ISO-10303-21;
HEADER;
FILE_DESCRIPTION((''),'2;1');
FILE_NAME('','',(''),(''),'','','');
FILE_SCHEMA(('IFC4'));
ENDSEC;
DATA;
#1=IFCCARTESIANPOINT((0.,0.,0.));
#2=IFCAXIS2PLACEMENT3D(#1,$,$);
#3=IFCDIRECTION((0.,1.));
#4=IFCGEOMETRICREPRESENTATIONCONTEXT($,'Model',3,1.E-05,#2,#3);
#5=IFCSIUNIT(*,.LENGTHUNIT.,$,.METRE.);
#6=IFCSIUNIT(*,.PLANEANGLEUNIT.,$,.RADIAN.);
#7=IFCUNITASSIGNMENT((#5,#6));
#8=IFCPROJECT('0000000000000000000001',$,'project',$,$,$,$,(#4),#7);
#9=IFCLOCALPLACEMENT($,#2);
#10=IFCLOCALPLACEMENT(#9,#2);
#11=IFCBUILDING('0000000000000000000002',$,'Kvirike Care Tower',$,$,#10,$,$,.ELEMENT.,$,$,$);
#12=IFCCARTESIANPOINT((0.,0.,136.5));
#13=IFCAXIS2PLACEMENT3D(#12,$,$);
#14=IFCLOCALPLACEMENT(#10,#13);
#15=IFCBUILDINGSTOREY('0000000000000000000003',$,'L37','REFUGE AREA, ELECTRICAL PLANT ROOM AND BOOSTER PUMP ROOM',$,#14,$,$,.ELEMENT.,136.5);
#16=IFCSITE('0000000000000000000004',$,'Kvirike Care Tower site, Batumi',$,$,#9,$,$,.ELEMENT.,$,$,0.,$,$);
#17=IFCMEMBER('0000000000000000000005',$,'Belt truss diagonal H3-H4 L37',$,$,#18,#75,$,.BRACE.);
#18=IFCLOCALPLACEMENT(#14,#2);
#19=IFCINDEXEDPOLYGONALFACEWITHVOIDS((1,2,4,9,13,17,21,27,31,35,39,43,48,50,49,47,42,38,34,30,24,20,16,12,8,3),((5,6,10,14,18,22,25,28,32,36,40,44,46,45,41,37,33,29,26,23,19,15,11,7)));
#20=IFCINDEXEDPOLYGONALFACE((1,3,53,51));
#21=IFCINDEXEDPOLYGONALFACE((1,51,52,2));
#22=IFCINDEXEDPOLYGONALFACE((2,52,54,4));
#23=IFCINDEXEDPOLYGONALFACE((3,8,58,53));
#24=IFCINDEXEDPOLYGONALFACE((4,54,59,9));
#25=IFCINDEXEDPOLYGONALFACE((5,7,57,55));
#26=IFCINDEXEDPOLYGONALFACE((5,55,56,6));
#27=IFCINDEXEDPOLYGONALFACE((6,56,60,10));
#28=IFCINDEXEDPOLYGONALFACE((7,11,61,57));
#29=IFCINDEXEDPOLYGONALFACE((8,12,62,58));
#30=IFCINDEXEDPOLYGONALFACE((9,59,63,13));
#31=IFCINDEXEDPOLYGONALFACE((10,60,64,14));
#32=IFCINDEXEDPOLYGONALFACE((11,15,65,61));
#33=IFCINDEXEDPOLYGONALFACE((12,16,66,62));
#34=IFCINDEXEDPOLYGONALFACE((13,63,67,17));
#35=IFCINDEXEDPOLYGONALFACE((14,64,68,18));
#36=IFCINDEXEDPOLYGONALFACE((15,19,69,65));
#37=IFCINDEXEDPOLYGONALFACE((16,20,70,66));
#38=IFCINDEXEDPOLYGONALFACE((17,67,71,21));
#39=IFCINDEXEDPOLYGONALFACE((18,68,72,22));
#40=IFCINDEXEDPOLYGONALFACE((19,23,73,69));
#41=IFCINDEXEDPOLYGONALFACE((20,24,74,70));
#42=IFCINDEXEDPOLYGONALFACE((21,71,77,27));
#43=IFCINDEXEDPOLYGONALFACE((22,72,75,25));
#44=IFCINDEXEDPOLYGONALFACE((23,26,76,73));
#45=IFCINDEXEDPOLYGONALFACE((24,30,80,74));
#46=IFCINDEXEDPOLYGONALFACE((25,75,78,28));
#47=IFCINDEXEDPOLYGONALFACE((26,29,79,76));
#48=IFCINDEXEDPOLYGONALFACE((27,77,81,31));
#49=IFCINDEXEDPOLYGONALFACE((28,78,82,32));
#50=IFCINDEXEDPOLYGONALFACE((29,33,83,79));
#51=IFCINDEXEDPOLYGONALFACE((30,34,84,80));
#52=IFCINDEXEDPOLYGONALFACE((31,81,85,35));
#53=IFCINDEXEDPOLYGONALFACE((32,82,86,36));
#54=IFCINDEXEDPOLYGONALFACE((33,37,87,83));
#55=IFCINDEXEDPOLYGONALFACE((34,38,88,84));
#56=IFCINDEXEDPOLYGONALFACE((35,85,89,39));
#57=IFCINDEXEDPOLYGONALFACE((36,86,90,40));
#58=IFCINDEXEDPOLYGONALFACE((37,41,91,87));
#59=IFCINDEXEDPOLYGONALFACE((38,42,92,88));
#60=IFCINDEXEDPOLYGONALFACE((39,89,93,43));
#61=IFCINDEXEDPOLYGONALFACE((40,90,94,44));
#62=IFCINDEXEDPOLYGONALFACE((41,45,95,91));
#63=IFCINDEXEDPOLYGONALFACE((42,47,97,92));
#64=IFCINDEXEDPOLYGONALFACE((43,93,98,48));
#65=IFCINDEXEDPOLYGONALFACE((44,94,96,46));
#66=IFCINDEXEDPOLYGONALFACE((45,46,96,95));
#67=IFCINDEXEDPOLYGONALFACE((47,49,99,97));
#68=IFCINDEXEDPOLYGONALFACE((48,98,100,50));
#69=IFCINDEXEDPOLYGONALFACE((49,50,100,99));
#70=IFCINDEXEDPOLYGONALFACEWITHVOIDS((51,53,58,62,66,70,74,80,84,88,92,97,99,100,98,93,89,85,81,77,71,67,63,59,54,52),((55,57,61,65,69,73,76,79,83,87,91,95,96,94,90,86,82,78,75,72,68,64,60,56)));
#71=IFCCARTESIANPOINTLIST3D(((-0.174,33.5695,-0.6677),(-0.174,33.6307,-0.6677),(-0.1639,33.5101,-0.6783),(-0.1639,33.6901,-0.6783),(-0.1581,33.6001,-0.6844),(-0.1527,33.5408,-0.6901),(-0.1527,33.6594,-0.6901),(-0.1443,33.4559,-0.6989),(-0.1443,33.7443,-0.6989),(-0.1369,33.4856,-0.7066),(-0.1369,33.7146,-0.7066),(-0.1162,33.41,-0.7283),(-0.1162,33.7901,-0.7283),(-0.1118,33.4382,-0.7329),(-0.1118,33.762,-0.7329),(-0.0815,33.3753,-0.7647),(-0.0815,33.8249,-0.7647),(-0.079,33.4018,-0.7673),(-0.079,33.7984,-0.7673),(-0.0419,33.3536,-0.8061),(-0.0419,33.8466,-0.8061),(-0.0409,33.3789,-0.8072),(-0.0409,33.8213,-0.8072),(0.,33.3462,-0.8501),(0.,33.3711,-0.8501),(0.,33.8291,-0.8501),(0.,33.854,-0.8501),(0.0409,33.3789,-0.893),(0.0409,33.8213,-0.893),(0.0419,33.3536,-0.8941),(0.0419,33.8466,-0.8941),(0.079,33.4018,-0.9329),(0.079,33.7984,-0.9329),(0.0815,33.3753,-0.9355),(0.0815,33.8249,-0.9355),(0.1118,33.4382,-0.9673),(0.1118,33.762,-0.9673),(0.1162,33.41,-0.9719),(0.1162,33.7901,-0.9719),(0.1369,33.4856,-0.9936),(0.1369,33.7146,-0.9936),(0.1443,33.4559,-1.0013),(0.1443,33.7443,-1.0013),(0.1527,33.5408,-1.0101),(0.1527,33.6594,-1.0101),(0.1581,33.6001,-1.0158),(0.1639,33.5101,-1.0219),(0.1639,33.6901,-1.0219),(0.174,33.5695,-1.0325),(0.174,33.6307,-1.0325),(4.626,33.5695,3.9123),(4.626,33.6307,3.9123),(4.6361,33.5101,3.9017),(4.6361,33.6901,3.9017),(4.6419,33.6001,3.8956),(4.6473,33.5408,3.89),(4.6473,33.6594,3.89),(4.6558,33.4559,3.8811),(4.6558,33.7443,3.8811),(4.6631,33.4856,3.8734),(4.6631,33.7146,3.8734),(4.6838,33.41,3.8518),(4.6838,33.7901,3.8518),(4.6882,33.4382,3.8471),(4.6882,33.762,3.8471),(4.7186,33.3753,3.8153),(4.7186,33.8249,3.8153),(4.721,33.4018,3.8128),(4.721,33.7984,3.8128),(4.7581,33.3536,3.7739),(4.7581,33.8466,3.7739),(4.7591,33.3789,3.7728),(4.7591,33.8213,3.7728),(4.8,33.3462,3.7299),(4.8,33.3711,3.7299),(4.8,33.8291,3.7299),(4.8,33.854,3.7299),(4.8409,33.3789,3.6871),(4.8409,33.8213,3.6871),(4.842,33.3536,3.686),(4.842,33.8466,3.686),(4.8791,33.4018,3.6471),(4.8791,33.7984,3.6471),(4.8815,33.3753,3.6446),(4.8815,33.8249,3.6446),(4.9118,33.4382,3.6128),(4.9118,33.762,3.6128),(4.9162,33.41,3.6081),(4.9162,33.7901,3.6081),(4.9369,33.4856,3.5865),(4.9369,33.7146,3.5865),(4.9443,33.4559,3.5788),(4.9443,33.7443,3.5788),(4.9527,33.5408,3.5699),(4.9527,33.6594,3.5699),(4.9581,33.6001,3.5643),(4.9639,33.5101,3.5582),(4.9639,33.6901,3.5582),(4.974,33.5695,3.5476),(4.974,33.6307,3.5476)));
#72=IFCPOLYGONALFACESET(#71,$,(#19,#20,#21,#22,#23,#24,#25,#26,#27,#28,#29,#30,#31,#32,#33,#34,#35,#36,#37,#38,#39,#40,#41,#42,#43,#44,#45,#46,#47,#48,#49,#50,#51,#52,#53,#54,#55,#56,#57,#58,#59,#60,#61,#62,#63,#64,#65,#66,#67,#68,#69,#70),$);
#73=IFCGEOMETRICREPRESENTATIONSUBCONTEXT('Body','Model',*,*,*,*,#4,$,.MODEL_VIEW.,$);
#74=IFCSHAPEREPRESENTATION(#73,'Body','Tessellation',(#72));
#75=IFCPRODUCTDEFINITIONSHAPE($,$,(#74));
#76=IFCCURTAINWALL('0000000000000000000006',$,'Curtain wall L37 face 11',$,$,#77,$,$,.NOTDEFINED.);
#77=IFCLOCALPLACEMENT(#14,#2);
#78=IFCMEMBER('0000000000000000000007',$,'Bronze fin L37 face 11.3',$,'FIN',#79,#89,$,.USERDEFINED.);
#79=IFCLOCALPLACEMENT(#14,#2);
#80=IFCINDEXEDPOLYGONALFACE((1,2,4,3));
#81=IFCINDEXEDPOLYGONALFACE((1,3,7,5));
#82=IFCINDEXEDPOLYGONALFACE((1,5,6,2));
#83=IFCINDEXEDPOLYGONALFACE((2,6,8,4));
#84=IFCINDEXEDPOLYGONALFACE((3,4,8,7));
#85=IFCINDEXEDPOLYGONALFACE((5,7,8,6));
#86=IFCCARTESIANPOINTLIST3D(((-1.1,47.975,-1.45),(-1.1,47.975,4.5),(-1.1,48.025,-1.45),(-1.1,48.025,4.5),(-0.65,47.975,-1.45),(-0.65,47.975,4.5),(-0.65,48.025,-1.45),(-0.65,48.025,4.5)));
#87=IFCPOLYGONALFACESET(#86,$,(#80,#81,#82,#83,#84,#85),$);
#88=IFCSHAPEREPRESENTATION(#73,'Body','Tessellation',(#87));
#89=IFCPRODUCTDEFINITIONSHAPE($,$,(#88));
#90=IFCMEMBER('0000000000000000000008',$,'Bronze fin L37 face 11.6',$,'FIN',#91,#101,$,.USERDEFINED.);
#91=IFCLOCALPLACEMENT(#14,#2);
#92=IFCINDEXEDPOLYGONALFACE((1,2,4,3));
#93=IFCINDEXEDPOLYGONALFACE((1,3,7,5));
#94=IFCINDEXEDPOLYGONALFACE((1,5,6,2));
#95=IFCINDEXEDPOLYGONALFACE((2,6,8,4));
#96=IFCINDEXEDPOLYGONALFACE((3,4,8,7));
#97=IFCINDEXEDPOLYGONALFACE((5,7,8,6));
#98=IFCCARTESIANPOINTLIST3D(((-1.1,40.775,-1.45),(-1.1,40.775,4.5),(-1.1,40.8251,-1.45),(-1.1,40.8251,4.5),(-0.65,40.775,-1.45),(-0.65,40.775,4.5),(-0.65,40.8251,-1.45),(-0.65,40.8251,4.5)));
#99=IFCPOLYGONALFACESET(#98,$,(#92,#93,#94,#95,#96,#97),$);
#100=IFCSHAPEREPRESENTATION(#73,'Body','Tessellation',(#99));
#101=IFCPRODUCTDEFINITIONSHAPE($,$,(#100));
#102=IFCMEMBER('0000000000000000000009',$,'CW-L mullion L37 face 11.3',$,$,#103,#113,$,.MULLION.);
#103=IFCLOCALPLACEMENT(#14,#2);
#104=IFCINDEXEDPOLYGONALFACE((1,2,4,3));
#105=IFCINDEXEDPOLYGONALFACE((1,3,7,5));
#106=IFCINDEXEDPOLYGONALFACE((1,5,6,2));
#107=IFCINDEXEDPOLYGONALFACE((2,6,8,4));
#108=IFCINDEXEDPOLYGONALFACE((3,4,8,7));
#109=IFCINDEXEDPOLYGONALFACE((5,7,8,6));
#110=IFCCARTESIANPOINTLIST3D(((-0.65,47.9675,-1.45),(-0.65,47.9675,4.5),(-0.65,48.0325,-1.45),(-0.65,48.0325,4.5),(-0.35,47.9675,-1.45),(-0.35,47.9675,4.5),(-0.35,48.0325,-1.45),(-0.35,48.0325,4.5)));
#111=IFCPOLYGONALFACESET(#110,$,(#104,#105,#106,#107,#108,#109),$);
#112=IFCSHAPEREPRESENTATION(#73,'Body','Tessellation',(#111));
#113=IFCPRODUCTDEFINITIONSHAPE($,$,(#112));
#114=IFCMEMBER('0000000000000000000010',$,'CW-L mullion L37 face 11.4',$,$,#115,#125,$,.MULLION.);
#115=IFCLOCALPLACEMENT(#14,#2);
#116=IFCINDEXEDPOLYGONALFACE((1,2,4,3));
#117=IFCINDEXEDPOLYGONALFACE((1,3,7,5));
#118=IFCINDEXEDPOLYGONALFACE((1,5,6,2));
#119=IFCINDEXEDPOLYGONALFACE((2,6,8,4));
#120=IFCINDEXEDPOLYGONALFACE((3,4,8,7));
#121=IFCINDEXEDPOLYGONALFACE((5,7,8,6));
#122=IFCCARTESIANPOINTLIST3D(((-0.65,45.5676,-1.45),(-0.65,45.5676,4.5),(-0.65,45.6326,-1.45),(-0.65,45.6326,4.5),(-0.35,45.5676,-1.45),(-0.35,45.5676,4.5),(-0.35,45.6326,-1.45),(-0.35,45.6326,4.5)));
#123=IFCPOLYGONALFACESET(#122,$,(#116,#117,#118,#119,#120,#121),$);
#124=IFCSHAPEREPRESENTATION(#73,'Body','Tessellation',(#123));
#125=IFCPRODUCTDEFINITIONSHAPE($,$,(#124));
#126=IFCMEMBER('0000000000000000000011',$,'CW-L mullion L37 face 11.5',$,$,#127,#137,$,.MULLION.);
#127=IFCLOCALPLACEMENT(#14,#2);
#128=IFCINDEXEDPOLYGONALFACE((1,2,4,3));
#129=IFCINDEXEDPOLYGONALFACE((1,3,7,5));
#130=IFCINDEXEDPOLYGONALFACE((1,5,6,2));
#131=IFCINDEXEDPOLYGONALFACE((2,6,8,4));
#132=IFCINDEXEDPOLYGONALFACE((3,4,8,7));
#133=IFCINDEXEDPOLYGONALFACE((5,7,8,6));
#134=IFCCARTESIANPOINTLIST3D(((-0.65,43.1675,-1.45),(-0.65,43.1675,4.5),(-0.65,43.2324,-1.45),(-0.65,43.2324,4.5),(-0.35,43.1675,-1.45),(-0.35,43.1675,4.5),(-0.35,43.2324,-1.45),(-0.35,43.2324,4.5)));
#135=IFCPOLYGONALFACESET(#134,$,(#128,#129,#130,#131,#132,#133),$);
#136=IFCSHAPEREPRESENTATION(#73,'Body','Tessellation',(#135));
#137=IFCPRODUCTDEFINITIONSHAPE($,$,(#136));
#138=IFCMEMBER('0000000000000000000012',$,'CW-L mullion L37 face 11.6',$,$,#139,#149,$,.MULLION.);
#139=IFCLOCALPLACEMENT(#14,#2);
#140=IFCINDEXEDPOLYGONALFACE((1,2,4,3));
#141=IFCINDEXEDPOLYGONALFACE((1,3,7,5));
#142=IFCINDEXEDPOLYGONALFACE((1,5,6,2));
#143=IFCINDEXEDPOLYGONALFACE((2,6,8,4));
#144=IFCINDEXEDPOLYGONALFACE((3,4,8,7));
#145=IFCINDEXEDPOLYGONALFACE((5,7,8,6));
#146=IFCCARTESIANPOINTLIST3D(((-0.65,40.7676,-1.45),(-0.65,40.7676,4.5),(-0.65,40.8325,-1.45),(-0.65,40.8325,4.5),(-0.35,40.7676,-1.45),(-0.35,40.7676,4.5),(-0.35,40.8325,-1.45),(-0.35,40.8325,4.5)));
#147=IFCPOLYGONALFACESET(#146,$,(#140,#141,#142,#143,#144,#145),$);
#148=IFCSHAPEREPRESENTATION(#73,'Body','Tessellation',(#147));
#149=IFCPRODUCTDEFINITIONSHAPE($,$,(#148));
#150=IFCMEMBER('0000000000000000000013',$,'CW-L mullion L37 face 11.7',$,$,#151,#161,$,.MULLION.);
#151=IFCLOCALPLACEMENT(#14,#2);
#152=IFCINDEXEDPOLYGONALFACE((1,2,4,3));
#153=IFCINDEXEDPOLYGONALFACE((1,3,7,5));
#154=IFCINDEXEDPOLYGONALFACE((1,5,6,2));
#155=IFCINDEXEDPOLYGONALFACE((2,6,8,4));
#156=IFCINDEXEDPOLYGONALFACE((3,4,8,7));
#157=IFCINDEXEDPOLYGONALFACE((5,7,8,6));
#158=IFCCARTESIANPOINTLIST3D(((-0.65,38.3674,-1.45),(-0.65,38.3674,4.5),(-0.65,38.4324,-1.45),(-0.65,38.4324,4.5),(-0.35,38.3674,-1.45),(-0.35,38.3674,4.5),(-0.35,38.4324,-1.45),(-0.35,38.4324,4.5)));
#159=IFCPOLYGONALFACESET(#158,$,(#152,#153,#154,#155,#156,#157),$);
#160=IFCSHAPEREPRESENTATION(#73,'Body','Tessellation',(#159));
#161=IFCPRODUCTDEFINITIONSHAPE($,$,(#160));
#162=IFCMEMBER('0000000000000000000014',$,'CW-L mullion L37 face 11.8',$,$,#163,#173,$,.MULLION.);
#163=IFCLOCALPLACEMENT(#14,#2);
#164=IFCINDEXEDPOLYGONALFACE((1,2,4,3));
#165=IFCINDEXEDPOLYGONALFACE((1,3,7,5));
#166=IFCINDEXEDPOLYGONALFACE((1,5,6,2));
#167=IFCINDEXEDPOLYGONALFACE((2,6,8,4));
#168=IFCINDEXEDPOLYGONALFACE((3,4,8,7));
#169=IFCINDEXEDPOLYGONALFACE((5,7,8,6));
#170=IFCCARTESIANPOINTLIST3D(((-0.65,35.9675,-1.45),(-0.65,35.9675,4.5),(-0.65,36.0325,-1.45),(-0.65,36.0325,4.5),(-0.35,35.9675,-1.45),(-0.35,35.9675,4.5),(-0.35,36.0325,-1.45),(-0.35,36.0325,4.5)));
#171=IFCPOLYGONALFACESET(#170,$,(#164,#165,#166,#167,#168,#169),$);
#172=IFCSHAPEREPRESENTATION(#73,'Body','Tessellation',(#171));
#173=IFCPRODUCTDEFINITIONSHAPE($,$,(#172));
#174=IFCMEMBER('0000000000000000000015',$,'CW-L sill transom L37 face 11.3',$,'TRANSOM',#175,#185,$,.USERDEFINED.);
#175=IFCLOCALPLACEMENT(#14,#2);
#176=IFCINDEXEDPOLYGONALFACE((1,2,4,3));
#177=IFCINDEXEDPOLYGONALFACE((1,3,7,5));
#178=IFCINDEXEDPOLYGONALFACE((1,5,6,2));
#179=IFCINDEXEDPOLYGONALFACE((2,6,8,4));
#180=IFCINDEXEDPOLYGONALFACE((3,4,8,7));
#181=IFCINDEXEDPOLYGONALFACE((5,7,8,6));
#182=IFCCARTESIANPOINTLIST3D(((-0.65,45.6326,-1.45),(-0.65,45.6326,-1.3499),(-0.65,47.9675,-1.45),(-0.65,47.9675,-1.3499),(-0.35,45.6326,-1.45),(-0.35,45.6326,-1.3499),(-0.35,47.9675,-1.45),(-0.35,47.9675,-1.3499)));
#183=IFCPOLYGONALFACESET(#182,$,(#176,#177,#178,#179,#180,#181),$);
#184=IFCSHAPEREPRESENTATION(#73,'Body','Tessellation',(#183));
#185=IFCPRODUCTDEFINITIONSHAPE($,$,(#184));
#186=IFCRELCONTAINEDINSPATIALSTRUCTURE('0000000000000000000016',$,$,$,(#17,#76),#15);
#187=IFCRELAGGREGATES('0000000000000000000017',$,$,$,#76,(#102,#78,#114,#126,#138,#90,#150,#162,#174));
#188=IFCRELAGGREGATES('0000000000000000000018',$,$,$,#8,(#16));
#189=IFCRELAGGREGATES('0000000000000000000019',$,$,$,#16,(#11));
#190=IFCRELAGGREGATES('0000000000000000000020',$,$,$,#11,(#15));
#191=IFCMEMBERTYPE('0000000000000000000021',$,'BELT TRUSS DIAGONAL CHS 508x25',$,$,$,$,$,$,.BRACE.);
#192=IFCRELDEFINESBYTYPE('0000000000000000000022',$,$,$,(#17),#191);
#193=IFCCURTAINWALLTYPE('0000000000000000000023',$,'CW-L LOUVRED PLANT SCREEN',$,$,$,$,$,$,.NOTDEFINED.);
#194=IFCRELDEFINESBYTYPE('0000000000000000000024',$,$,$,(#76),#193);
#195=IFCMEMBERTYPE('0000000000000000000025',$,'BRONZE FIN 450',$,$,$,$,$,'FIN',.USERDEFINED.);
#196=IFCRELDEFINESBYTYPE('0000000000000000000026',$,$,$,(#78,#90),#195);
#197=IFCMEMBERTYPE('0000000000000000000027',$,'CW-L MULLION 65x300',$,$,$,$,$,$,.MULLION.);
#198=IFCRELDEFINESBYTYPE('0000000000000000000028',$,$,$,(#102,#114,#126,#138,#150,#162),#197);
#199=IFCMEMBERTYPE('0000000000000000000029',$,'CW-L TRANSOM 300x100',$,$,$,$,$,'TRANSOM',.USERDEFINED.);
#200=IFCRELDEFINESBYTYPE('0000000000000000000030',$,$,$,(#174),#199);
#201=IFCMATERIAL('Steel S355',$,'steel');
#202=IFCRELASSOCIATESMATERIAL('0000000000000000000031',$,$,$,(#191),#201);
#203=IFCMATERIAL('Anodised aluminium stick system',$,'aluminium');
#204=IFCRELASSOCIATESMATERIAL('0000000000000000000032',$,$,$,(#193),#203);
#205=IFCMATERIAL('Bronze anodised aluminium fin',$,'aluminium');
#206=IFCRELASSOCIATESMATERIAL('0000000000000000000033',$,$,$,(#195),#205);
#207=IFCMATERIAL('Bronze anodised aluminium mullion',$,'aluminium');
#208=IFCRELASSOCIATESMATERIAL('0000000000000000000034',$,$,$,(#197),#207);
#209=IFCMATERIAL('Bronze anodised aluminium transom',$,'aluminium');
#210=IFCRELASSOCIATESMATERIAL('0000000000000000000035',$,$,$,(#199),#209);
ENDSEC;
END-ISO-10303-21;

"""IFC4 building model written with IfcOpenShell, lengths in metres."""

from ifc_helpers import new_model, si_unit, direction, frame, origin, origin_2d, place, context, subcontext, project, spatial, rectangle, hollow_circle, extrude, material, material_profile, profile_set, type_object, element, aggregate, save


model = new_model("IFC4")

# Units and contexts
model_context = context("Model", 3, precision=1e-05, world=origin(), true_north=direction((0.0, 1.0)))
body_context = subcontext(model_context, "Body", "Model", "MODEL_VIEW")
ifc_project = project(units=[si_unit("LENGTHUNIT", "METRE"), si_unit("PLANEANGLEUNIT", "RADIAN")], contexts=[model_context])

# Site, building, storey
site_placement = place(None, origin())
site = spatial("IfcSite", under=ifc_project, at=site_placement, Name="Kvirike Care Tower site, Batumi", CompositionType="ELEMENT", RefElevation=0.0)
building_placement = place(site_placement, origin())
building = spatial("IfcBuilding", under=site, at=building_placement, Name="Kvirike Care Tower", CompositionType="ELEMENT")
storey_placement = place(building_placement, frame((0.0, 0.0, 136.5)))
storey = spatial("IfcBuildingStorey", under=building, at=storey_placement, Name="L37", Description="REFUGE AREA, ELECTRICAL PLANT ROOM AND BOOSTER PUMP ROOM", CompositionType="ELEMENT", Elevation=136.5)

# Member
ifc_material_1 = material(Name="Steel S355", Category="steel")
ifc_material_profile_1 = material_profile(ifc_material_1, hollow_circle(Radius=0.2539, WallThickness=0.0249, at=origin_2d()), Name="CHS 508x25")
ifc_profile_set_1 = profile_set([ifc_material_profile_1], Name="Steel S355")
member_type_1 = type_object("IfcMemberType", Name="BELT TRUSS DIAGONAL CHS 508x25", PredefinedType="BRACE", material=ifc_profile_set_1)
member_1_placement = place(storey_placement, frame((0.0, 33.6001, -0.8501), z_axis=(0.72349, 0.0, 0.690335), x_axis=(0.0, 1.0, 0.0)))
element("IfcMember", 1, at=member_1_placement, inside=storey, type_object=member_type_1, Name="Belt truss diagonal H3-H4 L37", PredefinedType="BRACE", context=body_context, shape_type="SweptSolid", body=[
    extrude(hollow_circle(Radius=0.2539, WallThickness=0.0249, at=origin_2d()), origin(), (0.0, 0.0, 1.0), 6.6345),
])

# Curtain wall, members
ifc_material_2 = material(Name="Anodised aluminium stick system", Category="aluminium")
curtain_wall_type = type_object("IfcCurtainWallType", Name="CW-L LOUVRED PLANT SCREEN", PredefinedType="NOTDEFINED", material=ifc_material_2)
curtain_wall_placement = place(storey_placement, origin())
curtain_wall = element("IfcCurtainWall", 2, at=curtain_wall_placement, inside=storey, type_object=curtain_wall_type, Name="Curtain wall L37 face 11", PredefinedType="NOTDEFINED")
ifc_material_3 = material(Name="Bronze anodised aluminium fin", Category="aluminium")
ifc_material_profile_2 = material_profile(ifc_material_3, rectangle(XDim=0.05, YDim=0.45, at=origin_2d()), Name="BRONZE FIN 450")
ifc_profile_set_2 = profile_set([ifc_material_profile_2], Name="Bronze anodised aluminium fin")
member_type_2 = type_object("IfcMemberType", Name="BRONZE FIN 450", ElementType="FIN", PredefinedType="USERDEFINED", material=ifc_profile_set_2)
member_2_placement = place(storey_placement, frame((-0.875, 48.0, -1.45), z_axis=(0.0, 0.0, 1.0), x_axis=(0.0, -1.0, 0.0)))
member_2 = element("IfcMember", 3, at=member_2_placement, type_object=member_type_2, Name="Bronze fin L37 face 11.3", ObjectType="FIN", PredefinedType="USERDEFINED", context=body_context, shape_type="SweptSolid", body=[
    extrude(rectangle(XDim=0.05, YDim=0.45, at=origin_2d()), origin(), (0.0, 0.0, 1.0), 5.95),
])
member_3_placement = place(storey_placement, frame((-0.875, 40.8, -1.45), z_axis=(0.0, 0.0, 1.0), x_axis=(0.0, -1.0, 0.0)))
member_3 = element("IfcMember", 4, at=member_3_placement, type_object=member_type_2, Name="Bronze fin L37 face 11.6", ObjectType="FIN", PredefinedType="USERDEFINED", context=body_context, shape_type="SweptSolid", body=[
    extrude(rectangle(XDim=0.05, YDim=0.45, at=origin_2d()), origin(), (0.0, 0.0, 1.0), 5.95),
])
ifc_material_4 = material(Name="Bronze anodised aluminium mullion", Category="aluminium")
ifc_material_profile_3 = material_profile(ifc_material_4, rectangle(XDim=0.0649, YDim=0.3, at=origin_2d()), Name="CW-L MULLION 65x300")
ifc_profile_set_3 = profile_set([ifc_material_profile_3], Name="Bronze anodised aluminium mullion")
member_type_3 = type_object("IfcMemberType", Name="CW-L MULLION 65x300", PredefinedType="MULLION", material=ifc_profile_set_3)
member_4_placement = place(storey_placement, frame((-0.5, 48.0, -1.45), z_axis=(0.0, 0.0, 1.0), x_axis=(0.0, -1.0, 0.0)))
member_4 = element("IfcMember", 5, at=member_4_placement, type_object=member_type_3, Name="CW-L mullion L37 face 11.3", PredefinedType="MULLION", context=body_context, shape_type="SweptSolid", body=[
    extrude(rectangle(XDim=0.0649, YDim=0.3, at=origin_2d()), origin(), (0.0, 0.0, 1.0), 5.95),
])
member_5_placement = place(storey_placement, frame((-0.5, 45.6001, -1.45), z_axis=(0.0, 0.0, 1.0), x_axis=(0.0, -1.0, 0.0)))
member_5 = element("IfcMember", 6, at=member_5_placement, type_object=member_type_3, Name="CW-L mullion L37 face 11.4", PredefinedType="MULLION", context=body_context, shape_type="SweptSolid", body=[
    extrude(rectangle(XDim=0.0649, YDim=0.3, at=origin_2d()), origin(), (0.0, 0.0, 1.0), 5.95),
])
member_6_placement = place(storey_placement, frame((-0.5, 43.2, -1.45), z_axis=(0.0, 0.0, 1.0), x_axis=(0.0, -1.0, 0.0)))
member_6 = element("IfcMember", 7, at=member_6_placement, type_object=member_type_3, Name="CW-L mullion L37 face 11.5", PredefinedType="MULLION", context=body_context, shape_type="SweptSolid", body=[
    extrude(rectangle(XDim=0.0649, YDim=0.3, at=origin_2d()), origin(), (0.0, 0.0, 1.0), 5.95),
])
member_7_placement = place(storey_placement, frame((-0.5, 40.8, -1.45), z_axis=(0.0, 0.0, 1.0), x_axis=(0.0, -1.0, 0.0)))
member_7 = element("IfcMember", 8, at=member_7_placement, type_object=member_type_3, Name="CW-L mullion L37 face 11.6", PredefinedType="MULLION", context=body_context, shape_type="SweptSolid", body=[
    extrude(rectangle(XDim=0.0649, YDim=0.3, at=origin_2d()), origin(), (0.0, 0.0, 1.0), 5.95),
])
member_8_placement = place(storey_placement, frame((-0.5, 38.3999, -1.45), z_axis=(0.0, 0.0, 1.0), x_axis=(0.0, -1.0, 0.0)))
member_8 = element("IfcMember", 9, at=member_8_placement, type_object=member_type_3, Name="CW-L mullion L37 face 11.7", PredefinedType="MULLION", context=body_context, shape_type="SweptSolid", body=[
    extrude(rectangle(XDim=0.0649, YDim=0.3, at=origin_2d()), origin(), (0.0, 0.0, 1.0), 5.95),
])
member_9_placement = place(storey_placement, frame((-0.5, 36.0, -1.45), z_axis=(0.0, 0.0, 1.0), x_axis=(0.0, -1.0, 0.0)))
member_9 = element("IfcMember", 10, at=member_9_placement, type_object=member_type_3, Name="CW-L mullion L37 face 11.8", PredefinedType="MULLION", context=body_context, shape_type="SweptSolid", body=[
    extrude(rectangle(XDim=0.0649, YDim=0.3, at=origin_2d()), origin(), (0.0, 0.0, 1.0), 5.95),
])
ifc_material_5 = material(Name="Bronze anodised aluminium transom", Category="aluminium")
ifc_material_profile_4 = material_profile(ifc_material_5, rectangle(XDim=0.3, YDim=0.1001, at=origin_2d()), Name="CW-L TRANSOM 300x100")
ifc_profile_set_4 = profile_set([ifc_material_profile_4], Name="Bronze anodised aluminium transom")
member_type_4 = type_object("IfcMemberType", Name="CW-L TRANSOM 300x100", ElementType="TRANSOM", PredefinedType="USERDEFINED", material=ifc_profile_set_4)
member_10_placement = place(storey_placement, frame((-0.5, 47.9675, -1.3999), z_axis=(0.0, -1.0, 0.0), x_axis=(1.0, 0.0, 0.0)))
member_10 = element("IfcMember", 11, at=member_10_placement, type_object=member_type_4, Name="CW-L sill transom L37 face 11.3", ObjectType="TRANSOM", PredefinedType="USERDEFINED", context=body_context, shape_type="SweptSolid", body=[
    extrude(rectangle(XDim=0.3, YDim=0.1001, at=origin_2d()), origin(), (0.0, 0.0, 1.0), 2.335),
])

aggregate(curtain_wall, [member_4, member_2, member_5, member_6, member_7, member_3, member_8, member_9, member_10])

save(model, "model.ifc")
